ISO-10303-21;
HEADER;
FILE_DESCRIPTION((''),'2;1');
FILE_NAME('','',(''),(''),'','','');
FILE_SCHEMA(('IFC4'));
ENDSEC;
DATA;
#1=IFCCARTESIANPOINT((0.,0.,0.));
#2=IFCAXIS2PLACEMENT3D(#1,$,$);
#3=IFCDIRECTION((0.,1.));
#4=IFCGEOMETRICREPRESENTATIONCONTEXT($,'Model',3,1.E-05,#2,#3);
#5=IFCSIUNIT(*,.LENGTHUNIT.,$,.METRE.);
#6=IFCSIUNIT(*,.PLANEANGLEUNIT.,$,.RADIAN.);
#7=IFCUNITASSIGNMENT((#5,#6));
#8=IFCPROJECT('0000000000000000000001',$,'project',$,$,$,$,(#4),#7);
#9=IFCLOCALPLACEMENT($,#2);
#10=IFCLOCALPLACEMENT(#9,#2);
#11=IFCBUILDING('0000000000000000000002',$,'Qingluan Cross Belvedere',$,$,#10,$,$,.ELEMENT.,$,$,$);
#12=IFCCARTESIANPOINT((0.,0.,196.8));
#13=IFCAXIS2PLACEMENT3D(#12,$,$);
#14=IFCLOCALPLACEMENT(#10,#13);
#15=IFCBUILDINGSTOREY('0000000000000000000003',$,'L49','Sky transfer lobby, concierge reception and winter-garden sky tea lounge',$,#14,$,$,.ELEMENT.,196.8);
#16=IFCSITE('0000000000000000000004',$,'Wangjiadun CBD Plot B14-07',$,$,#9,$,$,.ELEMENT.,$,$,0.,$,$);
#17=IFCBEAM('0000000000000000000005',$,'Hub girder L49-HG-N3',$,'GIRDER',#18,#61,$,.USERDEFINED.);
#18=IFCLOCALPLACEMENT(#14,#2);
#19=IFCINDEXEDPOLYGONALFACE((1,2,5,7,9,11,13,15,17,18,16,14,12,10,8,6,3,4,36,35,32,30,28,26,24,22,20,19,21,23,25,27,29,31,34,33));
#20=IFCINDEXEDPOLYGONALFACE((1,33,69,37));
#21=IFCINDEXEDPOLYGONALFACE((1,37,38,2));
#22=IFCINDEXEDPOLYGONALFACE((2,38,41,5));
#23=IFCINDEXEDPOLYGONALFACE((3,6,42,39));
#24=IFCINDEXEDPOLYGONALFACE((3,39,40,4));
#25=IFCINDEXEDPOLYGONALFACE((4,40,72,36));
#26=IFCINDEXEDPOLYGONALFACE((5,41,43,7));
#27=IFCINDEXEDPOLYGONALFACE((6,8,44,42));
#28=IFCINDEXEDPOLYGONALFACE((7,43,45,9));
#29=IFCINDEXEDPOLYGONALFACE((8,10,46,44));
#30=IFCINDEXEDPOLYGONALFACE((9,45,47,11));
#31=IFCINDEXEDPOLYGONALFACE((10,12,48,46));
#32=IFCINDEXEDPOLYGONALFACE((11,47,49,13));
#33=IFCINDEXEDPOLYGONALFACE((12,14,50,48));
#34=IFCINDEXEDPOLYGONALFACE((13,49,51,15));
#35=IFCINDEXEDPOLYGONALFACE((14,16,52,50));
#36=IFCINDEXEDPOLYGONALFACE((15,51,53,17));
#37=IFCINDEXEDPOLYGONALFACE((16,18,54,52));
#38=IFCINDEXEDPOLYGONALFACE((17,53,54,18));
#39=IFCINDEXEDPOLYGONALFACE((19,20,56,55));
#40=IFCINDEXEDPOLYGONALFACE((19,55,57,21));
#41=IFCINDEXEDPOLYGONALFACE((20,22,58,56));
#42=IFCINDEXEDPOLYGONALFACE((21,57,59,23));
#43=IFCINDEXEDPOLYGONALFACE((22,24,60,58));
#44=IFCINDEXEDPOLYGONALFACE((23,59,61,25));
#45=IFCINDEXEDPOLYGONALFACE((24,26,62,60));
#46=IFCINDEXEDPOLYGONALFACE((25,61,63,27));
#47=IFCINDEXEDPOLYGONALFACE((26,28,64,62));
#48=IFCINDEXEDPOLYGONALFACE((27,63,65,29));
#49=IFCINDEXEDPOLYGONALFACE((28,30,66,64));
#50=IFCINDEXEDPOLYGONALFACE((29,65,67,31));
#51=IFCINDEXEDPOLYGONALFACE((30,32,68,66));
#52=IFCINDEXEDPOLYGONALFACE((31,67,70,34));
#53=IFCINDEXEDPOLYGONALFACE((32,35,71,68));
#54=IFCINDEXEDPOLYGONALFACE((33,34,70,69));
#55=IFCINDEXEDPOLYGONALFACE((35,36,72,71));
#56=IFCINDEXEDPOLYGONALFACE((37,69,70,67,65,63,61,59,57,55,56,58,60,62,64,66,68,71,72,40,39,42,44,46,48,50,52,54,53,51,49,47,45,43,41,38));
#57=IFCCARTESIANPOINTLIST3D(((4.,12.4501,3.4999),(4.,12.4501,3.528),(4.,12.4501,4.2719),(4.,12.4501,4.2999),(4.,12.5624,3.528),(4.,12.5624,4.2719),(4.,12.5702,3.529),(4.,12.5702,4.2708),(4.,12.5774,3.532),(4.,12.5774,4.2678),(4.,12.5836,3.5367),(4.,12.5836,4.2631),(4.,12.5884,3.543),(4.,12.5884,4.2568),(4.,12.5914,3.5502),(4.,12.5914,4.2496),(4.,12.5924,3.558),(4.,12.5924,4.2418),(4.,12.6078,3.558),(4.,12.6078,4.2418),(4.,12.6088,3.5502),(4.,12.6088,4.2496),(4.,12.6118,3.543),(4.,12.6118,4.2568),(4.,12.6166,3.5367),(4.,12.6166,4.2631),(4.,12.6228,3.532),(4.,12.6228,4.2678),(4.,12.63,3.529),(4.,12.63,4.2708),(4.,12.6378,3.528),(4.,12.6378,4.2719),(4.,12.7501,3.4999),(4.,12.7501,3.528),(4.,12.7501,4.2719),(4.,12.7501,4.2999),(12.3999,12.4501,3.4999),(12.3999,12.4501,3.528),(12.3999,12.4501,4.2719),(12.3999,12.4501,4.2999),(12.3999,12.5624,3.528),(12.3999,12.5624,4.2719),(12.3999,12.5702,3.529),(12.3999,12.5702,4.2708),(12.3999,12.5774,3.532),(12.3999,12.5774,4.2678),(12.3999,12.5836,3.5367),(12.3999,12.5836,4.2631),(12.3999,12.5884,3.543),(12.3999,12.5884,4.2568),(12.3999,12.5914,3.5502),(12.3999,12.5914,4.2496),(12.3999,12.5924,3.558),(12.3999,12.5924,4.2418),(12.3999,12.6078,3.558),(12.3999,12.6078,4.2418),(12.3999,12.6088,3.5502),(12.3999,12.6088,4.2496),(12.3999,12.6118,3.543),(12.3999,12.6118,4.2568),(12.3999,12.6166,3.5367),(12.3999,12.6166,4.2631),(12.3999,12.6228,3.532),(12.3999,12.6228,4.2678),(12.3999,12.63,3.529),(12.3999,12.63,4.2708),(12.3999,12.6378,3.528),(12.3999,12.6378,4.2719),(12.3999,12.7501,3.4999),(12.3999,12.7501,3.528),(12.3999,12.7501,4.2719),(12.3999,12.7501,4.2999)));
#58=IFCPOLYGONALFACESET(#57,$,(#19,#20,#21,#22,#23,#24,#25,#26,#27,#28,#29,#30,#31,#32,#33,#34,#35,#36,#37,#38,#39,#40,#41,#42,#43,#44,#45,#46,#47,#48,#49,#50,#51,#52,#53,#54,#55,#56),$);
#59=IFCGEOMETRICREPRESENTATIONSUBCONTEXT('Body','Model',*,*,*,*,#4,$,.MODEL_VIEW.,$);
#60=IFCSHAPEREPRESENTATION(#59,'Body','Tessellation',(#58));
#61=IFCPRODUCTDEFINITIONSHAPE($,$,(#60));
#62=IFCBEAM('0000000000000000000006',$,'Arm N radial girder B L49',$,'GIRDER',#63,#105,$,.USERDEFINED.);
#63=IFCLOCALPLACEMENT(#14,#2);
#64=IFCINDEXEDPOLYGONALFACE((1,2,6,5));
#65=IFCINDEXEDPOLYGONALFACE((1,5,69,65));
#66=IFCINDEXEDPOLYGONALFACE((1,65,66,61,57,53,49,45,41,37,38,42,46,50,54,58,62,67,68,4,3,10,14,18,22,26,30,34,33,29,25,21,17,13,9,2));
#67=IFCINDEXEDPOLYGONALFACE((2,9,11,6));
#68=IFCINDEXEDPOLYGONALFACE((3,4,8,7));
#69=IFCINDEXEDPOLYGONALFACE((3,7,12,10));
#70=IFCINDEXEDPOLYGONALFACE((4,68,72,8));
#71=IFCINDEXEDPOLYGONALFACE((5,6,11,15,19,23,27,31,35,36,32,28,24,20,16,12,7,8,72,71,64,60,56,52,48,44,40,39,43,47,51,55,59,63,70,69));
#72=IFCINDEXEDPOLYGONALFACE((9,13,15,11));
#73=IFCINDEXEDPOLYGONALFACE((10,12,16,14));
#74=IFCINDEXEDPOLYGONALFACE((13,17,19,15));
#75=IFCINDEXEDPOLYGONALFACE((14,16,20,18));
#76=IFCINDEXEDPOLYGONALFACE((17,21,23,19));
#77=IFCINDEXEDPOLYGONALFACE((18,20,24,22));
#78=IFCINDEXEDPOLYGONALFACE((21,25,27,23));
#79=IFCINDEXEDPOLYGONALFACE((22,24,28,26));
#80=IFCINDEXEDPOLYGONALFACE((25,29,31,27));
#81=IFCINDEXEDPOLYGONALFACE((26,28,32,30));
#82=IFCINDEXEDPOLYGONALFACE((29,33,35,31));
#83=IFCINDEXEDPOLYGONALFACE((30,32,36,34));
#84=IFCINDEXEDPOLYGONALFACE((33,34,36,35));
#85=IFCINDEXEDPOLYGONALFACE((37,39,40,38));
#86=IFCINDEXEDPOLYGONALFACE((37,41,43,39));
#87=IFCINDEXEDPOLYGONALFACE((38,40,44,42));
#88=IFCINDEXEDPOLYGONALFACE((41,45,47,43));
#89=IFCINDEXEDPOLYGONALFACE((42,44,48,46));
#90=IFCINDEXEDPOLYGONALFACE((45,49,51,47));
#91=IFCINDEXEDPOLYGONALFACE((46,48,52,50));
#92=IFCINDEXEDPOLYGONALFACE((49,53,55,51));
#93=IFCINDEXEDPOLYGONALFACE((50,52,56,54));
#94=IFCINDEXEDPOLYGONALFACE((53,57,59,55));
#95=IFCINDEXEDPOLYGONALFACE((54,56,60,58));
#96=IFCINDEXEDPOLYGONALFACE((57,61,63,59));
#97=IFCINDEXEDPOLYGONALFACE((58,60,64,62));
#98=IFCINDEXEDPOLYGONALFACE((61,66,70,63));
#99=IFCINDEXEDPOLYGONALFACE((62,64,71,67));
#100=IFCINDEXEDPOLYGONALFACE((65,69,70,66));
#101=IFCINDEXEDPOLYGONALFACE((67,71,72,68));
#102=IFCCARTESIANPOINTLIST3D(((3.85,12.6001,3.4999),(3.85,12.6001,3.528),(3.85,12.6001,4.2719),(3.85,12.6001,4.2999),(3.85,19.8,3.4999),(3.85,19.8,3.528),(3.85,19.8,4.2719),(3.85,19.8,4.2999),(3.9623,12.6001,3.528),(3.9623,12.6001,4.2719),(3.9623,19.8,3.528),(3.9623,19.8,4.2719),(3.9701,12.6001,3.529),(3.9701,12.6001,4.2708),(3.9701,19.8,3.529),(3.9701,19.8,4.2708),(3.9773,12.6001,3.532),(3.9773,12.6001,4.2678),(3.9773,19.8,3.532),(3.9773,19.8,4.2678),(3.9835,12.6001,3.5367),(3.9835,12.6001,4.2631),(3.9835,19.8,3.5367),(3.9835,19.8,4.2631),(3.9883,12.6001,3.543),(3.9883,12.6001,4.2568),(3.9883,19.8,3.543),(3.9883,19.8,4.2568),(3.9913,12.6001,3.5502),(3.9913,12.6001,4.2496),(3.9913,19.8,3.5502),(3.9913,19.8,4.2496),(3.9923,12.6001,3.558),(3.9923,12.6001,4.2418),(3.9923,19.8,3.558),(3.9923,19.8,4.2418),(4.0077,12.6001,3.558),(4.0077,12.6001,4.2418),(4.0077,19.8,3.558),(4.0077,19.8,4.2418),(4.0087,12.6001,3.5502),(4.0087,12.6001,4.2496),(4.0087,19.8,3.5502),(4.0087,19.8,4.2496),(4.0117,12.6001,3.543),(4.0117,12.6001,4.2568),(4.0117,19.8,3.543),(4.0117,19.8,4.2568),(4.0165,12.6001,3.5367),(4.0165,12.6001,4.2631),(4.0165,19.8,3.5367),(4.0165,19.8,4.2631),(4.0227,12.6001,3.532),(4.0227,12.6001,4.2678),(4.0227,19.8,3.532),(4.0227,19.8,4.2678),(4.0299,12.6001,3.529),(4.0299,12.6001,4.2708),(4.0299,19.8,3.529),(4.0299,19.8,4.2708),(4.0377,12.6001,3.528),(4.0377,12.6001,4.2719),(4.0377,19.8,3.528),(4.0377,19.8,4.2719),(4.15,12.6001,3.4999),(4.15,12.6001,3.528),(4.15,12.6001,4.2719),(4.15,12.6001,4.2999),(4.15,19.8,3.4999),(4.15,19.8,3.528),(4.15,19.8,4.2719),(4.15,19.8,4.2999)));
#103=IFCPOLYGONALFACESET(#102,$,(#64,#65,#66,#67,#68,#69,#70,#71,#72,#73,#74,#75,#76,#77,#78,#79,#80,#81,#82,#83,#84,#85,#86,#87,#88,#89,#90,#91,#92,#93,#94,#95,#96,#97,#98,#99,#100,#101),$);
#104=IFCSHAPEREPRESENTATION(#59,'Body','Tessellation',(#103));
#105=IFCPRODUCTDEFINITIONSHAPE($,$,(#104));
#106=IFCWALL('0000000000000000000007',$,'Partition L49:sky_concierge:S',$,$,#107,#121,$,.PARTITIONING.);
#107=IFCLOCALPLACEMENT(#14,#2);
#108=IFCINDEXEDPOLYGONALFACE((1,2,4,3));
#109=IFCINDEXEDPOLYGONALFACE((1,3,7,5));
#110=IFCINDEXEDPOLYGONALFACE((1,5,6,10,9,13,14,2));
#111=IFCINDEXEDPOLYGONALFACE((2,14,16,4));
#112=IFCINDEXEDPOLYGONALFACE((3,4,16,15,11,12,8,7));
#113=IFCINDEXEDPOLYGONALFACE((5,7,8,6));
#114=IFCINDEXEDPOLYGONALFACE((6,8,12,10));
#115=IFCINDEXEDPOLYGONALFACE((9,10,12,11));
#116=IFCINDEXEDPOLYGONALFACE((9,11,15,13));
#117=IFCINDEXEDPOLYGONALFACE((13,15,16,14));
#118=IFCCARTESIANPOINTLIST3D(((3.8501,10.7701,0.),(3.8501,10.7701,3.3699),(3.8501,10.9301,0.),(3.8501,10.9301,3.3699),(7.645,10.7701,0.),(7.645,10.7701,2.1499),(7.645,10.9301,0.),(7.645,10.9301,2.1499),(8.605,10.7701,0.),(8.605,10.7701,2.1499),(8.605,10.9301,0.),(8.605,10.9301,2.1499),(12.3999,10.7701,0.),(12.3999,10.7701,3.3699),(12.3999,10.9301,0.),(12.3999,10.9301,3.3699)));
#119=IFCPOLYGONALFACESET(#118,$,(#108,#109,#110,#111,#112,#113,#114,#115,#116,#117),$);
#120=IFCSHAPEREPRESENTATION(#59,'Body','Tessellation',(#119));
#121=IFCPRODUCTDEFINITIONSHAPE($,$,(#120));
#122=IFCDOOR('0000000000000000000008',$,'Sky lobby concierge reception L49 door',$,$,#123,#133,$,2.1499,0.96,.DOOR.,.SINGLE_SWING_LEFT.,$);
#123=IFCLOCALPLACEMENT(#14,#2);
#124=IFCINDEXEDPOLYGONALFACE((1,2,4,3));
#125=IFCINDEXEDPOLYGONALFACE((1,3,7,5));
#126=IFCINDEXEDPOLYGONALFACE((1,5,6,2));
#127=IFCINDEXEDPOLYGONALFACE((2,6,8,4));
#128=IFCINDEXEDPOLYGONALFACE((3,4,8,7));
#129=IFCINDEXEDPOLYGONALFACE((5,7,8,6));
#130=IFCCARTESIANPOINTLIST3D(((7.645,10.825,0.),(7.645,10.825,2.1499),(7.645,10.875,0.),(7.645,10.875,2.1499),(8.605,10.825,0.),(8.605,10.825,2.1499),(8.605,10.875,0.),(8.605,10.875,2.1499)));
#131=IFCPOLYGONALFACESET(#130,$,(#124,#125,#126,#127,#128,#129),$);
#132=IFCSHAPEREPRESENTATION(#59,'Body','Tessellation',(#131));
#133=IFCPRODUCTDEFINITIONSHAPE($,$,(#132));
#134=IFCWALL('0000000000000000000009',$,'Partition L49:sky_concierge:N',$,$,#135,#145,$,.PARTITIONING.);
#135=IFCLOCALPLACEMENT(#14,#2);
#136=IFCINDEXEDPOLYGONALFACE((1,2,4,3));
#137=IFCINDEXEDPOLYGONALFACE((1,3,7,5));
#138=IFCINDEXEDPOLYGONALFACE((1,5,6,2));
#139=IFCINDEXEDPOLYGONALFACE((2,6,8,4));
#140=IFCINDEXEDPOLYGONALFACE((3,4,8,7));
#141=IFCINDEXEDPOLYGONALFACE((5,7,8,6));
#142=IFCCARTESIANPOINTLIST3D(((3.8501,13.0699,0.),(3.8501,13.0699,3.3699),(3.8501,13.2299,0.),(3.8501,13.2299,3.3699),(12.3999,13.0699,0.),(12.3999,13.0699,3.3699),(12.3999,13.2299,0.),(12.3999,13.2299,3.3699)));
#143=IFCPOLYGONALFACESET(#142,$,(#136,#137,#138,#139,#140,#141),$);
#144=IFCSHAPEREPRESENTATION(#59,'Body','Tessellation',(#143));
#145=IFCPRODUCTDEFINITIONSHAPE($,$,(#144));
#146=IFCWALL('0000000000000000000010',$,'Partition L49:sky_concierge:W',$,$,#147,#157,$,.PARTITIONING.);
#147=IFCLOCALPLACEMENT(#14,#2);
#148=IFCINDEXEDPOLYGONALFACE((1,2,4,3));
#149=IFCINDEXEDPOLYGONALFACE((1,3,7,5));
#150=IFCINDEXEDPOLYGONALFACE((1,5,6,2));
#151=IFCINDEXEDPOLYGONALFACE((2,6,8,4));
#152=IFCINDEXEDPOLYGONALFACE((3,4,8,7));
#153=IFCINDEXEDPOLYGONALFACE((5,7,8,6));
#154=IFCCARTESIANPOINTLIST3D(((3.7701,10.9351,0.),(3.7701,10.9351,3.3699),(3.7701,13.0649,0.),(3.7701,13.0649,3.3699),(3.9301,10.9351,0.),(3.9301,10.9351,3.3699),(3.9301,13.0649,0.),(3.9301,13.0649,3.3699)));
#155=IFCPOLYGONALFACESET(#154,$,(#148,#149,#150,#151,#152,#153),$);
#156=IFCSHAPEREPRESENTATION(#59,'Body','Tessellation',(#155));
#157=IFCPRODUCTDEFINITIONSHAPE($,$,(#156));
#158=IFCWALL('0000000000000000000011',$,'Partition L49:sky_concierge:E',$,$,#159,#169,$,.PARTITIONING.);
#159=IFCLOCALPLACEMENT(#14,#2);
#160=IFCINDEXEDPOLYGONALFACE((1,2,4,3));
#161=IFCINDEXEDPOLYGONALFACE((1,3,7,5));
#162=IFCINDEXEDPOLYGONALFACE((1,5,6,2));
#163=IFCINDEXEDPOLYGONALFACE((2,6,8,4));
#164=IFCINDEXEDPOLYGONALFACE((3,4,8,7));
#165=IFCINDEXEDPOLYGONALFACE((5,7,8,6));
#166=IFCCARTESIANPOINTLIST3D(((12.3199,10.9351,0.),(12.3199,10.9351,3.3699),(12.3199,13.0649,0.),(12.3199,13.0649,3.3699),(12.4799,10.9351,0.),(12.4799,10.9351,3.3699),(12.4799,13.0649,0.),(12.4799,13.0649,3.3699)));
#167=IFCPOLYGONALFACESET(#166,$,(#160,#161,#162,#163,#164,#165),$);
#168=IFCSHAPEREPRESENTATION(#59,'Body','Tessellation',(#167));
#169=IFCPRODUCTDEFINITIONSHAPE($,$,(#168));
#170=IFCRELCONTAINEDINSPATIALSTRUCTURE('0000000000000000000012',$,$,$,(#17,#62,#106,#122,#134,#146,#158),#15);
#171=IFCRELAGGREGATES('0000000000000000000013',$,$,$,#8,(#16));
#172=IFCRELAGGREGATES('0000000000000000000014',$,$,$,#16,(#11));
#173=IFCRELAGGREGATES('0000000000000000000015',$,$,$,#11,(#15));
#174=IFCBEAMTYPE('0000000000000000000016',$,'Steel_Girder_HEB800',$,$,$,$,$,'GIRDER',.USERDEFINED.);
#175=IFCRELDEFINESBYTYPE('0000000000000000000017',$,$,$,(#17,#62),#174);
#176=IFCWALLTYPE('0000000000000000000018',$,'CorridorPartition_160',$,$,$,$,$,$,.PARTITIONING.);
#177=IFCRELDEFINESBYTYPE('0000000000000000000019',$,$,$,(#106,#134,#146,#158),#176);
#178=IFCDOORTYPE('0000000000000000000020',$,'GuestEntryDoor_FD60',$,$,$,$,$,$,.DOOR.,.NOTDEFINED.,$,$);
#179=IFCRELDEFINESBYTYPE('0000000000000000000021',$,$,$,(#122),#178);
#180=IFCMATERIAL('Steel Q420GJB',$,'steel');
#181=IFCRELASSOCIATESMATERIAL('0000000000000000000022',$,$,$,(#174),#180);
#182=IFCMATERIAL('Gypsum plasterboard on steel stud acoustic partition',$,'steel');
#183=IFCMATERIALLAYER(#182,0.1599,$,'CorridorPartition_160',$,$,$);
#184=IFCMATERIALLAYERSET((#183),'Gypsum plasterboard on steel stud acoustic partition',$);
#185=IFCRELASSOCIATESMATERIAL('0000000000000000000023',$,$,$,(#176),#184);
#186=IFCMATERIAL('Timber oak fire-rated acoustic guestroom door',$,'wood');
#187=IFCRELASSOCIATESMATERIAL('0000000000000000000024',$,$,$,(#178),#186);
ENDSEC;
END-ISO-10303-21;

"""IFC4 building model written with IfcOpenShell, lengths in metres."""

from ifc_helpers import new_model, si_unit, direction, frame, frame_2d, origin, origin_2d, place, context, subcontext, project, spatial, rectangle, i_section, extrude, material, layer, layer_set, material_profile, profile_set, type_object, element, fill, save


model = new_model("IFC4")

# Units and contexts
model_context = context("Model", 3, precision=1e-05, world=origin(), true_north=direction((0.0, 1.0)))
body_context = subcontext(model_context, "Body", "Model", "MODEL_VIEW")
ifc_project = project(units=[si_unit("LENGTHUNIT", "METRE"), si_unit("PLANEANGLEUNIT", "RADIAN")], contexts=[model_context])

# Site, building, storey
site_placement = place(None, origin())
site = spatial("IfcSite", under=ifc_project, at=site_placement, Name="Wangjiadun CBD Plot B14-07", CompositionType="ELEMENT", RefElevation=0.0)
building_placement = place(site_placement, origin())
building = spatial("IfcBuilding", under=site, at=building_placement, Name="Qingluan Cross Belvedere", CompositionType="ELEMENT")
storey_placement = place(building_placement, frame((0.0, 0.0, 196.8)))
storey = spatial("IfcBuildingStorey", under=building, at=storey_placement, Name="L49", Description="Sky transfer lobby, concierge reception and winter-garden sky tea lounge", CompositionType="ELEMENT", Elevation=196.8)

# Beams
ifc_material_1 = material(Name="Steel Q420GJB", Category="steel")
ifc_material_profile_1 = material_profile(ifc_material_1, i_section(OverallWidth=0.3, OverallDepth=0.8, WebThickness=0.0154, FlangeThickness=0.0281, FilletRadius=0.03, at=origin_2d()), Name="HEB800")
ifc_profile_set_1 = profile_set([ifc_material_profile_1], Name="Steel Q420GJB")
beam_type_1 = type_object("IfcBeamType", Name="Steel_Girder_HEB800", ElementType="GIRDER", PredefinedType="USERDEFINED", material=ifc_profile_set_1)
beam_1_placement = place(storey_placement, frame((4.0, 12.6001, 3.8999), z_axis=(1.0, 0.0, 0.0), x_axis=(0.0, 1.0, 0.0)))
element("IfcBeam", 1, at=beam_1_placement, inside=storey, type_object=beam_type_1, Name="Hub girder L49-HG-N3", ObjectType="GIRDER", PredefinedType="USERDEFINED", context=body_context, shape_type="SweptSolid", body=[
    extrude(i_section(OverallWidth=0.3, OverallDepth=0.8, WebThickness=0.0154, FlangeThickness=0.0281, FilletRadius=0.03, at=origin_2d()), origin(), (0.0, 0.0, 1.0), 8.3999),
])
beam_2_placement = place(storey_placement, frame((4.0, 12.6001, 3.8999), z_axis=(0.0, 1.0, 0.0), x_axis=(-1.0, 0.0, 0.0)))
element("IfcBeam", 2, at=beam_2_placement, inside=storey, type_object=beam_type_1, Name="Arm N radial girder B L49", ObjectType="GIRDER", PredefinedType="USERDEFINED", context=body_context, shape_type="SweptSolid", body=[
    extrude(i_section(OverallWidth=0.3, OverallDepth=0.8, WebThickness=0.0154, FlangeThickness=0.0281, FilletRadius=0.03, at=origin_2d()), origin(), (0.0, 0.0, 1.0), 7.2),
])

# Wall, opening, door
ifc_material_2 = material(Name="Gypsum plasterboard on steel stud acoustic partition", Category="steel")
ifc_layer_1 = layer(ifc_material_2, 0.1599, Name="CorridorPartition_160")
ifc_layer_set_1 = layer_set([ifc_layer_1], Name="Gypsum plasterboard on steel stud acoustic partition")
wall_type_1 = type_object("IfcWallType", Name="CorridorPartition_160", PredefinedType="PARTITIONING", material=ifc_layer_set_1)
wall_1_placement = place(storey_placement, frame((3.8501, 10.8501, 0.0), z_axis=(0.0, 0.0, 1.0), x_axis=(1.0, 0.0, 0.0)))
wall_1 = element("IfcWall", 3, at=wall_1_placement, inside=storey, type_object=wall_type_1, Name="Partition L49:sky_concierge:S", PredefinedType="PARTITIONING", context=body_context, shape_type="SweptSolid", body=[
    extrude(rectangle(XDim=8.5498, YDim=0.1599, at=frame_2d((4.2749, 0.0))), origin(), (0.0, 0.0, 1.0), 3.3699),
])
opening_1_placement = place(wall_1_placement, frame((3.7949, 0.0, 0.0)))
opening_1 = element("IfcOpeningElement", 4, at=opening_1_placement, cuts=wall_1, PredefinedType="OPENING", context=body_context, shape_type="SweptSolid", body=[
    extrude(rectangle(XDim=0.96, YDim=2.1499, at=frame_2d((0.48, 1.075))), frame((0.0, 0.0898, 0.0), z_axis=(0.0, -1.0, 0.0), x_axis=(1.0, 0.0, 0.0)), (0.0, 0.0, 1.0), 0.1799),
])
ifc_material_3 = material(Name="Timber oak fire-rated acoustic guestroom door", Category="wood")
door_type = type_object("IfcDoorType", Name="GuestEntryDoor_FD60", OperationType="NOTDEFINED", PredefinedType="DOOR", material=ifc_material_3)
door_placement = place(opening_1_placement, origin())
door = element("IfcDoor", 5, at=door_placement, inside=storey, type_object=door_type, Name="Sky lobby concierge reception L49 door", OperationType="SINGLE_SWING_LEFT", OverallHeight=2.1499, OverallWidth=0.96, PredefinedType="DOOR", context=body_context, shape_type="SweptSolid", body=[
    extrude(rectangle(XDim=0.96, YDim=2.1499, at=frame_2d((0.48, 1.075))), frame((0.0, 0.0249, 0.0), z_axis=(0.0, -1.0, 0.0), x_axis=(1.0, 0.0, 0.0)), (0.0, 0.0, 1.0), 0.05),
])
fill(opening_1, door)

# Walls
wall_2_placement = place(storey_placement, frame((3.8501, 13.1499, 0.0), z_axis=(0.0, 0.0, 1.0), x_axis=(1.0, 0.0, 0.0)))
element("IfcWall", 6, at=wall_2_placement, inside=storey, type_object=wall_type_1, Name="Partition L49:sky_concierge:N", PredefinedType="PARTITIONING", context=body_context, shape_type="SweptSolid", body=[
    extrude(rectangle(XDim=8.5498, YDim=0.1599, at=frame_2d((4.2749, 0.0))), origin(), (0.0, 0.0, 1.0), 3.3699),
])
for number, where, z_axis, x_axis, name in (
    (7, (3.8501, 10.9351, 0.0), (0.0, 0.0, 1.0), (0.0, 1.0, 0.0), "Partition L49:sky_concierge:W"),
    (8, (12.3999, 10.9351, 0.0), (0.0, 0.0, 1.0), (0.0, 1.0, 0.0), "Partition L49:sky_concierge:E"),
):
    element("IfcWall", number, at=place(storey_placement, frame(where, z_axis=z_axis, x_axis=x_axis)), inside=storey, type_object=wall_type_1, Name=name, PredefinedType="PARTITIONING", context=body_context, shape_type="SweptSolid", body=[
        extrude(rectangle(XDim=2.1299, YDim=0.1599, at=frame_2d((1.0649, 0.0))), origin(), (0.0, 0.0, 1.0), 3.3699),
    ])

save(model, "model.ifc")
